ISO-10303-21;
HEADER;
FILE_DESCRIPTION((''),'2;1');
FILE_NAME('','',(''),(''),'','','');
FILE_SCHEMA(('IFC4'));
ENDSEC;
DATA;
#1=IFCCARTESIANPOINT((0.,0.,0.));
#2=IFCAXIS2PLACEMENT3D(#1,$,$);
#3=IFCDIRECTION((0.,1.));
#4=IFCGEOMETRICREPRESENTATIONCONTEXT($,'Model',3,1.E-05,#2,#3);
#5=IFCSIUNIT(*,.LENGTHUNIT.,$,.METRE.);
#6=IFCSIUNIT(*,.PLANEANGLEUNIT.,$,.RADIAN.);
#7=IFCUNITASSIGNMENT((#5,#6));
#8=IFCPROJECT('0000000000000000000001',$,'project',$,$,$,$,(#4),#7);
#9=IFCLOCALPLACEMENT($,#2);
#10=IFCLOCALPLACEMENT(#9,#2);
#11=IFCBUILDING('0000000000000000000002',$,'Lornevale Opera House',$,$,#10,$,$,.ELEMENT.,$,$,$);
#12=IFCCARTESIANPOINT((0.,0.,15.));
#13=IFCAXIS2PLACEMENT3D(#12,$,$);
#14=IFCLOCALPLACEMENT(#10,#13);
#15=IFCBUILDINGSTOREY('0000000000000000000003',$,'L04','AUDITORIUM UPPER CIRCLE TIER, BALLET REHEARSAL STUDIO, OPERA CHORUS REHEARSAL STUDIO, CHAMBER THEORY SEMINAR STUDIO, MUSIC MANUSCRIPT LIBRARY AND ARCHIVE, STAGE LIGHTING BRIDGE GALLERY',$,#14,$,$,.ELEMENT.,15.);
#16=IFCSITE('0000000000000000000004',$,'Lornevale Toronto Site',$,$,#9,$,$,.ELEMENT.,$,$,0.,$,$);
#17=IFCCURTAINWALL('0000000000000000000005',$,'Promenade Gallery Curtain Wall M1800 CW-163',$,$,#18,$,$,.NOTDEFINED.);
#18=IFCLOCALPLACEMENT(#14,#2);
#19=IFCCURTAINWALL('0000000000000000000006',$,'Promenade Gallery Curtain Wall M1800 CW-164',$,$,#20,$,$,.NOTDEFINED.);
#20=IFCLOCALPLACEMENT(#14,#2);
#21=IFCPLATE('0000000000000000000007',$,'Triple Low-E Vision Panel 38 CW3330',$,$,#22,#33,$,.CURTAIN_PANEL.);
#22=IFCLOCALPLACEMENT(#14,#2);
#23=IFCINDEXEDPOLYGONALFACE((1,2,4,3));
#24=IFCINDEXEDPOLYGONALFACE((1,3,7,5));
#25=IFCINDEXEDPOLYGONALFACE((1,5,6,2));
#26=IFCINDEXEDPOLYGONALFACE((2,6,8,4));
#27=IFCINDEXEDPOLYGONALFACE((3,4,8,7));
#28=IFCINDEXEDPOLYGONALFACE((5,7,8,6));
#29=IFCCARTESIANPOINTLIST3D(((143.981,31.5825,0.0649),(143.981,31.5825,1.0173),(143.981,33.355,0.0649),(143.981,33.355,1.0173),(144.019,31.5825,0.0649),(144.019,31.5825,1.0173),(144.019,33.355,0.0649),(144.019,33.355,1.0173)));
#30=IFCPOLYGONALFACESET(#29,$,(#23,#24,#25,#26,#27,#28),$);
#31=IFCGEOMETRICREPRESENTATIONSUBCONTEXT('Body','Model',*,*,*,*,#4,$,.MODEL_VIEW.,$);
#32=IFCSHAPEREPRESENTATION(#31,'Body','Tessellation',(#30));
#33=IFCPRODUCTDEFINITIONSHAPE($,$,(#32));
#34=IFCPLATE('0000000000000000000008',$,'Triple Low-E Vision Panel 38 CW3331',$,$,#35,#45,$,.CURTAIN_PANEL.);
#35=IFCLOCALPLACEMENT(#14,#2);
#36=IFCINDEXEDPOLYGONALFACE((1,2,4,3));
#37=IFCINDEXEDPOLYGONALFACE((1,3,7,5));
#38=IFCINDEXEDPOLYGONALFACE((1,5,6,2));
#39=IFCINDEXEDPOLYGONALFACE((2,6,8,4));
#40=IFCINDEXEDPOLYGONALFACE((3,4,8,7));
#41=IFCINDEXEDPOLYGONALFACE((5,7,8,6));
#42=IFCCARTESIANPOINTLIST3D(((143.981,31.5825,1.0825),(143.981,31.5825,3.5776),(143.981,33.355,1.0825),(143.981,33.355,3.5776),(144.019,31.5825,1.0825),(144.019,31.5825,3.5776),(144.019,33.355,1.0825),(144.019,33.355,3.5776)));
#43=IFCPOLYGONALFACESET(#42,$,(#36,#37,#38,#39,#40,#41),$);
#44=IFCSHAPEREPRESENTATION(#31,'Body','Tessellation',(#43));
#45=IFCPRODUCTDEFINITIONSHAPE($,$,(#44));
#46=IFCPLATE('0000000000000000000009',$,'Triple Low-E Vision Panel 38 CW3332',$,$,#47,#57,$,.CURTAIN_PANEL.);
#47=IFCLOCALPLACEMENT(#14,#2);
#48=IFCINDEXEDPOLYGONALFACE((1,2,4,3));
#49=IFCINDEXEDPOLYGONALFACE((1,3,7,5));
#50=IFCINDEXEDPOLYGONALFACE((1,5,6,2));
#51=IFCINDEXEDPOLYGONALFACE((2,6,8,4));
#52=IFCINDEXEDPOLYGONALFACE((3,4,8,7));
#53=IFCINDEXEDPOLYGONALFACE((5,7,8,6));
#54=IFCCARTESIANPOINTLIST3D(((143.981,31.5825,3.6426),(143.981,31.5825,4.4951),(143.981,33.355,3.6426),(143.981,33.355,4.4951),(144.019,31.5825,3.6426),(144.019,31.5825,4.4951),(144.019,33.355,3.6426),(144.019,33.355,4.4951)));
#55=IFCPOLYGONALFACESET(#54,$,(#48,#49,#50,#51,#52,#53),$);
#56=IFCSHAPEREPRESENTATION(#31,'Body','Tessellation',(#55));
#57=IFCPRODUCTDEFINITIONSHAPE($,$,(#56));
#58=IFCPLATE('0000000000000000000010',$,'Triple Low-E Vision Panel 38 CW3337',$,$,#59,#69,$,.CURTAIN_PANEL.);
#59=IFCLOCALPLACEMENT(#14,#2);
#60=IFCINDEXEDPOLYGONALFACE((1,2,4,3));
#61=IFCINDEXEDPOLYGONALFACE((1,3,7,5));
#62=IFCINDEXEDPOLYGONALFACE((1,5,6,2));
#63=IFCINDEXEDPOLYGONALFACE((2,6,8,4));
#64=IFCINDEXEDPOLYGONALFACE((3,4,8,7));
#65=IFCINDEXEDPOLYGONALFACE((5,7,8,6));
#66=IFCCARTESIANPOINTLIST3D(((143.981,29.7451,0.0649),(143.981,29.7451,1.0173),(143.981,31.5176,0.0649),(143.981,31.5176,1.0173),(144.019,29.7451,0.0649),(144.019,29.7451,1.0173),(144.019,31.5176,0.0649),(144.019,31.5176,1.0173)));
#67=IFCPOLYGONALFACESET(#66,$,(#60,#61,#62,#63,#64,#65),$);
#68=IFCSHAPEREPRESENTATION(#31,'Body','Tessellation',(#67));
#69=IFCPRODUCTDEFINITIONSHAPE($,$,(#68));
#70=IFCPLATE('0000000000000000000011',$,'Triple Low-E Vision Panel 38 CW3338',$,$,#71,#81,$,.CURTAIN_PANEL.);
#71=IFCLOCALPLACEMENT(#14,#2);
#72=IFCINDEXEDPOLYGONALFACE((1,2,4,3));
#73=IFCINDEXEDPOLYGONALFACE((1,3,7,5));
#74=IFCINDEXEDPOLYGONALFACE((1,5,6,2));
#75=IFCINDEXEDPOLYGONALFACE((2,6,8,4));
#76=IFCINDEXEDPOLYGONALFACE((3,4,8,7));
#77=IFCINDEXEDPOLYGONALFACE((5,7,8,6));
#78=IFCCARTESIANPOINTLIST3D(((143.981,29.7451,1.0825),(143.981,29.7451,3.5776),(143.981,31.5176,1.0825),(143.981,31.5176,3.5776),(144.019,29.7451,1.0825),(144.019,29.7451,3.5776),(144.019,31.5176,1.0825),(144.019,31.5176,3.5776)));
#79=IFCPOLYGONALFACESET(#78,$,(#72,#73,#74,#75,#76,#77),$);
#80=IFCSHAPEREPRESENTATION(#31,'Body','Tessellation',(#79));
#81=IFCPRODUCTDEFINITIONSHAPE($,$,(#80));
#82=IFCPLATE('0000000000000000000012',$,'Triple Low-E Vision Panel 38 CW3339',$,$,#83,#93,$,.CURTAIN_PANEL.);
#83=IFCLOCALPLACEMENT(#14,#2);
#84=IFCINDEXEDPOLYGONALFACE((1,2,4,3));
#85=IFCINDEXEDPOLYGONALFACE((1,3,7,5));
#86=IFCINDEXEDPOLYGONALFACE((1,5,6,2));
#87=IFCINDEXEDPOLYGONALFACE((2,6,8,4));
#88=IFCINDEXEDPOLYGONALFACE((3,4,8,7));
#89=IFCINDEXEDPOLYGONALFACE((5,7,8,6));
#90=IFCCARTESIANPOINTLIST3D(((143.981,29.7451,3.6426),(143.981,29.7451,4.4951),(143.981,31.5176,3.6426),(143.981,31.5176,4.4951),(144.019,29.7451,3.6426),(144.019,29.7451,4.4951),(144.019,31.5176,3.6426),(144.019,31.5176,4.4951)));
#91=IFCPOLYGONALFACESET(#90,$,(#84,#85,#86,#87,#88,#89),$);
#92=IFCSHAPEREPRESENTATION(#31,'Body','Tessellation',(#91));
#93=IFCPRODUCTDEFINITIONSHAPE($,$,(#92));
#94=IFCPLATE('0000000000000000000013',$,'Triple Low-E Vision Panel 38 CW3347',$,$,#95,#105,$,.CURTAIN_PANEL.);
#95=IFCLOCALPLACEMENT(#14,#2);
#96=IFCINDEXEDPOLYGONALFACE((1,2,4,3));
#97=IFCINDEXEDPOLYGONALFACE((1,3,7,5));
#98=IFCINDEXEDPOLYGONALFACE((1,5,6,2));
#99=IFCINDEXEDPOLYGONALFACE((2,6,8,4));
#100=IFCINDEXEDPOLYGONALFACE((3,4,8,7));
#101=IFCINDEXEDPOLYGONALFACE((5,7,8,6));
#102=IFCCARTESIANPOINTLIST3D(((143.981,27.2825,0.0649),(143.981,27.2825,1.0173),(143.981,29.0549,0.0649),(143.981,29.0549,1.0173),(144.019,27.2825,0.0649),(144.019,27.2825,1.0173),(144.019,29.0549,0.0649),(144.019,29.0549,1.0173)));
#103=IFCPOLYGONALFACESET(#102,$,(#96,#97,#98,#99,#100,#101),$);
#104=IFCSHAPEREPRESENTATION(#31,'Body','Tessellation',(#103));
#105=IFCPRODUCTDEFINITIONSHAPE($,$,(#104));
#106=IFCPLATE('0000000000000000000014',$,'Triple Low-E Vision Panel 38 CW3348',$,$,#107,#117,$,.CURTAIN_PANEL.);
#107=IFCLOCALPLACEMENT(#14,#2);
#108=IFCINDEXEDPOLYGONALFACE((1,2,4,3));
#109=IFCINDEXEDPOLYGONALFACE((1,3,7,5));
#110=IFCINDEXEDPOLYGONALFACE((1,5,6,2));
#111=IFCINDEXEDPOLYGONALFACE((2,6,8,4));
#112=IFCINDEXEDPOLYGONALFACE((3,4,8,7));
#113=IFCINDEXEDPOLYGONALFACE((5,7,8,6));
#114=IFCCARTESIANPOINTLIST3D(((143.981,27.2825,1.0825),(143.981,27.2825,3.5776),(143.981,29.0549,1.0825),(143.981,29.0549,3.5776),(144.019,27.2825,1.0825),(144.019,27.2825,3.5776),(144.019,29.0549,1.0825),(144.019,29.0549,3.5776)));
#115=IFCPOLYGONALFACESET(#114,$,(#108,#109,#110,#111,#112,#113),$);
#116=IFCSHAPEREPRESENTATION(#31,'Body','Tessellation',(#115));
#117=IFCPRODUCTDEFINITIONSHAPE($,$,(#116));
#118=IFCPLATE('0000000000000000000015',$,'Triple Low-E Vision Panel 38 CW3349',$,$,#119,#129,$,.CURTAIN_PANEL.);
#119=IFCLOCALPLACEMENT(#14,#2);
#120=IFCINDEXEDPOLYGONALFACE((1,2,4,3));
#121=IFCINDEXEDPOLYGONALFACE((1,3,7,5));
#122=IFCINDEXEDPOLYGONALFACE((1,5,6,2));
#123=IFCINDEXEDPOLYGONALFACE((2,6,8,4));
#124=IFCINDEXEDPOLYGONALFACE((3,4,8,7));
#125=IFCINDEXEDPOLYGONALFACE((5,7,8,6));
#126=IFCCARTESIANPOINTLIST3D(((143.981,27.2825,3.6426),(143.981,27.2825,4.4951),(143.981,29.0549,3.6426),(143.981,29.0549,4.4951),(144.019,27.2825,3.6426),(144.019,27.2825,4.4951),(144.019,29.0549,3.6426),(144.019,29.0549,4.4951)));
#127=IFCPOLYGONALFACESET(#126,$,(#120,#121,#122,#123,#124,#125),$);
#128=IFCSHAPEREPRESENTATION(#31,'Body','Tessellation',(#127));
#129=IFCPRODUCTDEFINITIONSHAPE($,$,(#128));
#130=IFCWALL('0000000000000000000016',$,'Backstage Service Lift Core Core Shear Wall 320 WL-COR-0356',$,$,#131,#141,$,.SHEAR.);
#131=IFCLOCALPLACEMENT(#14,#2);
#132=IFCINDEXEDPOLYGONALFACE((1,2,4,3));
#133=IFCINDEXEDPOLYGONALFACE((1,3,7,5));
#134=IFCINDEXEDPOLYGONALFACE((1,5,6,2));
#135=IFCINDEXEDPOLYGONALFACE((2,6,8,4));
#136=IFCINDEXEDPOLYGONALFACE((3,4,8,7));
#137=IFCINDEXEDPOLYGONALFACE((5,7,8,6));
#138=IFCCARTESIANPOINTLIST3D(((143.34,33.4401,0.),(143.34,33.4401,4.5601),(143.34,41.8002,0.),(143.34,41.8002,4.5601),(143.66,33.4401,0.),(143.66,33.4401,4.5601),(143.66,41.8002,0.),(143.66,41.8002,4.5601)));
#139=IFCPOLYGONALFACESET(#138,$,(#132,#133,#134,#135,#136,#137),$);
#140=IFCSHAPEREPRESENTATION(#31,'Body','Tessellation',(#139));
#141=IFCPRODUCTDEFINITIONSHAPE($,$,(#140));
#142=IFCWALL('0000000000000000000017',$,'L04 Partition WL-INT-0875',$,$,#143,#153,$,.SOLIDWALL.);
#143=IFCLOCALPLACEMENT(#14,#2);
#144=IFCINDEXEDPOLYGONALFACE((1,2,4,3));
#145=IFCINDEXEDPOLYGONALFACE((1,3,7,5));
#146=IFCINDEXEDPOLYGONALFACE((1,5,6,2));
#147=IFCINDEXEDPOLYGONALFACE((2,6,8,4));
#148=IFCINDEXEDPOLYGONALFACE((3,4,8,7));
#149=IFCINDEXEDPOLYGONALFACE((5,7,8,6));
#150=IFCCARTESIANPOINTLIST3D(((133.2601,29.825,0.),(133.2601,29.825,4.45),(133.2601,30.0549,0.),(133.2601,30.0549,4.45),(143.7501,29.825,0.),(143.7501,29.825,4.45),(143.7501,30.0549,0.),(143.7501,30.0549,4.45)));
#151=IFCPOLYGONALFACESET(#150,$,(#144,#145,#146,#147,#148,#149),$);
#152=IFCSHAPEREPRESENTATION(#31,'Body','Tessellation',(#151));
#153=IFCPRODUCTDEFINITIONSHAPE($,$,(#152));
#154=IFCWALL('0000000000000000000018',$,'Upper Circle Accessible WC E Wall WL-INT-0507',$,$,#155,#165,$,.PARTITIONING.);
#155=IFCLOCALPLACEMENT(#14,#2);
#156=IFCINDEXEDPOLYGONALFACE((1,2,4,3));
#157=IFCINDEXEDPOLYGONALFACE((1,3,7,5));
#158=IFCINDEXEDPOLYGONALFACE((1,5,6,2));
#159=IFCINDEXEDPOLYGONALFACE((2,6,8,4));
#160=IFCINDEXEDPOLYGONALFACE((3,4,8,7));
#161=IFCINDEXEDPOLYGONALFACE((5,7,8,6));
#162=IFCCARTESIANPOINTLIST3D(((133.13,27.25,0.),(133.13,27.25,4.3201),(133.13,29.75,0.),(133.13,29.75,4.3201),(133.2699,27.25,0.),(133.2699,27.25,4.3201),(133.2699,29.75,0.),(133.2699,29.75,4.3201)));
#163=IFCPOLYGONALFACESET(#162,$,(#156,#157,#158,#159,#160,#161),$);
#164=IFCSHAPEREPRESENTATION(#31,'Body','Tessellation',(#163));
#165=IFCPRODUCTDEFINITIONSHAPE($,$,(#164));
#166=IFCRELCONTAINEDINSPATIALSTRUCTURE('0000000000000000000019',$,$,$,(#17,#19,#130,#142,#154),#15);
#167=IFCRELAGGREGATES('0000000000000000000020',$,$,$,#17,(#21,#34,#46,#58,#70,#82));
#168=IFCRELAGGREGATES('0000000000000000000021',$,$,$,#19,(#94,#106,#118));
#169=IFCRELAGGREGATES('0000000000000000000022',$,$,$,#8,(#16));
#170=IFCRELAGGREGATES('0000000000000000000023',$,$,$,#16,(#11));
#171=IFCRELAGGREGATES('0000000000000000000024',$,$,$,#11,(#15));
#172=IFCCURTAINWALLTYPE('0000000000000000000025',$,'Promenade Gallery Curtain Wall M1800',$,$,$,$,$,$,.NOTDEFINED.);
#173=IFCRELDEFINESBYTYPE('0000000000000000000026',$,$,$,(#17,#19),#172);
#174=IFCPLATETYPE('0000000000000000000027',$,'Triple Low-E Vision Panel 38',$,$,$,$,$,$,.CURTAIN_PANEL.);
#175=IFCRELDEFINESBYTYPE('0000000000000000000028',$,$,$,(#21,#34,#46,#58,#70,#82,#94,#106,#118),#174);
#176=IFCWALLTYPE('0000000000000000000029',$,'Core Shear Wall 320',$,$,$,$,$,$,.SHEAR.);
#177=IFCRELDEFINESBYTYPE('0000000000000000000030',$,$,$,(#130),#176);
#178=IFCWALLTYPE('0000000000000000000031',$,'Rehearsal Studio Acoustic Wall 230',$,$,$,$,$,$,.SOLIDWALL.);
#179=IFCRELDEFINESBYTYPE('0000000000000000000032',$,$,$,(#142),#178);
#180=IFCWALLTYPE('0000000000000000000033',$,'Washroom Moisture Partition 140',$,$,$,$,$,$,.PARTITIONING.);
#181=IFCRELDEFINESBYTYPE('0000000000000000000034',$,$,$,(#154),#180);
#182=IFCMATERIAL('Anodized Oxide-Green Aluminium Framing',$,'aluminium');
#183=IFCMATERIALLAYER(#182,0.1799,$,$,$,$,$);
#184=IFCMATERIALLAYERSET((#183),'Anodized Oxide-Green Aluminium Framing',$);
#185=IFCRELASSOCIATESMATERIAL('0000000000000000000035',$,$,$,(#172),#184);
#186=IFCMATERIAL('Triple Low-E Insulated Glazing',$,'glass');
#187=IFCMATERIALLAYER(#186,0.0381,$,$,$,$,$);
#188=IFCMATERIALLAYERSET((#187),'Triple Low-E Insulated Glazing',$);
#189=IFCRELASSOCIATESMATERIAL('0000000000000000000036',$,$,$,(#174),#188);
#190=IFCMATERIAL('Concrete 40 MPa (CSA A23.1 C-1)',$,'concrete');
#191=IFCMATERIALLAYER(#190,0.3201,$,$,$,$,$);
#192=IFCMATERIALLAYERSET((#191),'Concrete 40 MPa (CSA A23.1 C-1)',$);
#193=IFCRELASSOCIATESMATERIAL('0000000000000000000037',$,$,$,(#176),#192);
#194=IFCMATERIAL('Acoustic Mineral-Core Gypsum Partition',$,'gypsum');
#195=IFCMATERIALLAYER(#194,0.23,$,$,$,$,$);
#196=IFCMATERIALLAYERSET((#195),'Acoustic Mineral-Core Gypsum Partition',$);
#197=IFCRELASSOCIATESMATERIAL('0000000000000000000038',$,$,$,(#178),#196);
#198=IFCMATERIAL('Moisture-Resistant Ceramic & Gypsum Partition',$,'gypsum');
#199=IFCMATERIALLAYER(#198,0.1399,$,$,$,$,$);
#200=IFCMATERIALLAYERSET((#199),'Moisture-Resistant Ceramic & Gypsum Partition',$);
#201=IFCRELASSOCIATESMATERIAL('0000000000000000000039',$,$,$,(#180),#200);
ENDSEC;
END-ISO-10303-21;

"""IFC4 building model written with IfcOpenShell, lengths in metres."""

from ifc_helpers import new_model, si_unit, direction, frame, frame_2d, origin, origin_2d, place, context, subcontext, project, spatial, rectangle, extrude, material, layer, layer_set, type_object, element, aggregate, save


model = new_model("IFC4")

# Units and contexts
model_context = context("Model", 3, precision=1e-05, world=origin(), true_north=direction((0.0, 1.0)))
body_context = subcontext(model_context, "Body", "Model", "MODEL_VIEW")
ifc_project = project(units=[si_unit("LENGTHUNIT", "METRE"), si_unit("PLANEANGLEUNIT", "RADIAN")], contexts=[model_context])

# Site, building, storey
site_placement = place(None, origin())
site = spatial("IfcSite", under=ifc_project, at=site_placement, Name="Lornevale Toronto Site", CompositionType="ELEMENT", RefElevation=0.0)
building_placement = place(site_placement, origin())
building = spatial("IfcBuilding", under=site, at=building_placement, Name="Lornevale Opera House", CompositionType="ELEMENT")
storey_placement = place(building_placement, frame((0.0, 0.0, 15.0)))
storey = spatial("IfcBuildingStorey", under=building, at=storey_placement, Name="L04", Description="AUDITORIUM UPPER CIRCLE TIER, BALLET REHEARSAL STUDIO, OPERA CHORUS REHEARSAL STUDIO, CHAMBER THEORY SEMINAR STUDIO, MUSIC MANUSCRIPT LIBRARY AND ARCHIVE, STAGE LIGHTING BRIDGE GALLERY", CompositionType="ELEMENT", Elevation=15.0)

# Curtain walls
ifc_material_1 = material(Name="Anodized Oxide-Green Aluminium Framing", Category="aluminium")
ifc_layer_1 = layer(ifc_material_1, 0.1799)
ifc_layer_set_1 = layer_set([ifc_layer_1], Name="Anodized Oxide-Green Aluminium Framing")
curtain_wall_type = type_object("IfcCurtainWallType", Name="Promenade Gallery Curtain Wall M1800", PredefinedType="NOTDEFINED", material=ifc_layer_set_1)
curtain_wall_1_placement = place(storey_placement, origin())
curtain_wall_1 = element("IfcCurtainWall", 1, at=curtain_wall_1_placement, inside=storey, type_object=curtain_wall_type, Name="Promenade Gallery Curtain Wall M1800 CW-163", PredefinedType="NOTDEFINED")
curtain_wall_2_placement = place(storey_placement, origin())
curtain_wall_2 = element("IfcCurtainWall", 2, at=curtain_wall_2_placement, inside=storey, type_object=curtain_wall_type, Name="Promenade Gallery Curtain Wall M1800 CW-164", PredefinedType="NOTDEFINED")

# Plates
ifc_material_2 = material(Name="Triple Low-E Insulated Glazing", Category="glass")
ifc_layer_2 = layer(ifc_material_2, 0.0381)
ifc_layer_set_2 = layer_set([ifc_layer_2], Name="Triple Low-E Insulated Glazing")
plate_type = type_object("IfcPlateType", Name="Triple Low-E Vision Panel 38", PredefinedType="CURTAIN_PANEL", material=ifc_layer_set_2)
plate_1_placement = place(storey_placement, frame((144.0, 32.4688, 0.0649), z_axis=(0.0, 0.0, 1.0), x_axis=(0.0, -1.0, 0.0)))
plate_1 = element("IfcPlate", 3, at=plate_1_placement, type_object=plate_type, Name="Triple Low-E Vision Panel 38 CW3330", PredefinedType="CURTAIN_PANEL", context=body_context, shape_type="SweptSolid", body=[
    extrude(rectangle(XDim=1.7725, YDim=0.0381, at=origin_2d()), origin(), (0.0, 0.0, 1.0), 0.9524),
])
plate_2_placement = place(storey_placement, frame((144.0, 32.4688, 1.0825), z_axis=(0.0, 0.0, 1.0), x_axis=(0.0, -1.0, 0.0)))
plate_2 = element("IfcPlate", 4, at=plate_2_placement, type_object=plate_type, Name="Triple Low-E Vision Panel 38 CW3331", PredefinedType="CURTAIN_PANEL", context=body_context, shape_type="SweptSolid", body=[
    extrude(rectangle(XDim=1.7725, YDim=0.0381, at=origin_2d()), origin(), (0.0, 0.0, 1.0), 2.4951),
])
plate_3_placement = place(storey_placement, frame((144.0, 32.4688, 3.6426), z_axis=(0.0, 0.0, 1.0), x_axis=(0.0, -1.0, 0.0)))
plate_3 = element("IfcPlate", 5, at=plate_3_placement, type_object=plate_type, Name="Triple Low-E Vision Panel 38 CW3332", PredefinedType="CURTAIN_PANEL", context=body_context, shape_type="SweptSolid", body=[
    extrude(rectangle(XDim=1.7725, YDim=0.0381, at=origin_2d()), origin(), (0.0, 0.0, 1.0), 0.8525),
])
plate_4_placement = place(storey_placement, frame((144.0, 30.6313, 0.0649), z_axis=(0.0, 0.0, 1.0), x_axis=(0.0, -1.0, 0.0)))
plate_4 = element("IfcPlate", 6, at=plate_4_placement, type_object=plate_type, Name="Triple Low-E Vision Panel 38 CW3337", PredefinedType="CURTAIN_PANEL", context=body_context, shape_type="SweptSolid", body=[
    extrude(rectangle(XDim=1.7725, YDim=0.0381, at=origin_2d()), origin(), (0.0, 0.0, 1.0), 0.9524),
])
plate_5_placement = place(storey_placement, frame((144.0, 30.6313, 1.0825), z_axis=(0.0, 0.0, 1.0), x_axis=(0.0, -1.0, 0.0)))
plate_5 = element("IfcPlate", 7, at=plate_5_placement, type_object=plate_type, Name="Triple Low-E Vision Panel 38 CW3338", PredefinedType="CURTAIN_PANEL", context=body_context, shape_type="SweptSolid", body=[
    extrude(rectangle(XDim=1.7725, YDim=0.0381, at=origin_2d()), origin(), (0.0, 0.0, 1.0), 2.4951),
])
plate_6_placement = place(storey_placement, frame((144.0, 30.6313, 3.6426), z_axis=(0.0, 0.0, 1.0), x_axis=(0.0, -1.0, 0.0)))
plate_6 = element("IfcPlate", 8, at=plate_6_placement, type_object=plate_type, Name="Triple Low-E Vision Panel 38 CW3339", PredefinedType="CURTAIN_PANEL", context=body_context, shape_type="SweptSolid", body=[
    extrude(rectangle(XDim=1.7725, YDim=0.0381, at=origin_2d()), origin(), (0.0, 0.0, 1.0), 0.8525),
])
aggregate(curtain_wall_1, [plate_1, plate_2, plate_3, plate_4, plate_5, plate_6])
plate_7_placement = place(storey_placement, frame((144.0, 28.1687, 0.0649), z_axis=(0.0, 0.0, 1.0), x_axis=(0.0, -1.0, 0.0)))
plate_7 = element("IfcPlate", 9, at=plate_7_placement, type_object=plate_type, Name="Triple Low-E Vision Panel 38 CW3347", PredefinedType="CURTAIN_PANEL", context=body_context, shape_type="SweptSolid", body=[
    extrude(rectangle(XDim=1.7725, YDim=0.0381, at=origin_2d()), origin(), (0.0, 0.0, 1.0), 0.9524),
])
plate_8_placement = place(storey_placement, frame((144.0, 28.1687, 1.0825), z_axis=(0.0, 0.0, 1.0), x_axis=(0.0, -1.0, 0.0)))
plate_8 = element("IfcPlate", 10, at=plate_8_placement, type_object=plate_type, Name="Triple Low-E Vision Panel 38 CW3348", PredefinedType="CURTAIN_PANEL", context=body_context, shape_type="SweptSolid", body=[
    extrude(rectangle(XDim=1.7725, YDim=0.0381, at=origin_2d()), origin(), (0.0, 0.0, 1.0), 2.4951),
])
plate_9_placement = place(storey_placement, frame((144.0, 28.1687, 3.6426), z_axis=(0.0, 0.0, 1.0), x_axis=(0.0, -1.0, 0.0)))
plate_9 = element("IfcPlate", 11, at=plate_9_placement, type_object=plate_type, Name="Triple Low-E Vision Panel 38 CW3349", PredefinedType="CURTAIN_PANEL", context=body_context, shape_type="SweptSolid", body=[
    extrude(rectangle(XDim=1.7725, YDim=0.0381, at=origin_2d()), origin(), (0.0, 0.0, 1.0), 0.8525),
])
aggregate(curtain_wall_2, [plate_7, plate_8, plate_9])

# Walls
ifc_material_3 = material(Name="Concrete 40 MPa (CSA A23.1 C-1)", Category="concrete")
ifc_layer_3 = layer(ifc_material_3, 0.3201)
ifc_layer_set_3 = layer_set([ifc_layer_3], Name="Concrete 40 MPa (CSA A23.1 C-1)")
wall_type_1 = type_object("IfcWallType", Name="Core Shear Wall 320", PredefinedType="SHEAR", material=ifc_layer_set_3)
wall_1_placement = place(storey_placement, frame((143.5, 33.4399, 0.0), z_axis=(0.0, 0.0, 1.0), x_axis=(0.0, 1.0, 0.0)))
element("IfcWall", 12, at=wall_1_placement, inside=storey, type_object=wall_type_1, Name="Backstage Service Lift Core Core Shear Wall 320 WL-COR-0356", PredefinedType="SHEAR", context=body_context, shape_type="SweptSolid", body=[
    extrude(rectangle(XDim=8.3601, YDim=0.3201, at=frame_2d((4.1802, 0.0))), origin(), (0.0, 0.0, 1.0), 4.5601),
])
ifc_material_4 = material(Name="Acoustic Mineral-Core Gypsum Partition", Category="gypsum")
ifc_layer_4 = layer(ifc_material_4, 0.23)
ifc_layer_set_4 = layer_set([ifc_layer_4], Name="Acoustic Mineral-Core Gypsum Partition")
wall_type_2 = type_object("IfcWallType", Name="Rehearsal Studio Acoustic Wall 230", PredefinedType="SOLIDWALL", material=ifc_layer_set_4)
wall_2_placement = place(storey_placement, frame((133.26, 29.9399, 0.0), z_axis=(0.0, 0.0, 1.0), x_axis=(1.0, 0.0, 0.0)))
element("IfcWall", 13, at=wall_2_placement, inside=storey, type_object=wall_type_2, Name="L04 Partition WL-INT-0875", PredefinedType="SOLIDWALL", context=body_context, shape_type="SweptSolid", body=[
    extrude(rectangle(XDim=10.49, YDim=0.23, at=frame_2d((5.2451, 0.0))), origin(), (0.0, 0.0, 1.0), 4.45),
])
ifc_material_5 = material(Name="Moisture-Resistant Ceramic & Gypsum Partition", Category="gypsum")
ifc_layer_5 = layer(ifc_material_5, 0.1399)
ifc_layer_set_5 = layer_set([ifc_layer_5], Name="Moisture-Resistant Ceramic & Gypsum Partition")
wall_type_3 = type_object("IfcWallType", Name="Washroom Moisture Partition 140", PredefinedType="PARTITIONING", material=ifc_layer_set_5)
wall_3_placement = place(storey_placement, frame((133.2, 27.25, 0.0), z_axis=(0.0, 0.0, 1.0), x_axis=(0.0, 1.0, 0.0)))
element("IfcWall", 14, at=wall_3_placement, inside=storey, type_object=wall_type_3, Name="Upper Circle Accessible WC E Wall WL-INT-0507", PredefinedType="PARTITIONING", context=body_context, shape_type="SweptSolid", body=[
    extrude(rectangle(XDim=2.5, YDim=0.1399, at=frame_2d((1.25, 0.0))), origin(), (0.0, 0.0, 1.0), 4.3201),
])

save(model, "model.ifc")
